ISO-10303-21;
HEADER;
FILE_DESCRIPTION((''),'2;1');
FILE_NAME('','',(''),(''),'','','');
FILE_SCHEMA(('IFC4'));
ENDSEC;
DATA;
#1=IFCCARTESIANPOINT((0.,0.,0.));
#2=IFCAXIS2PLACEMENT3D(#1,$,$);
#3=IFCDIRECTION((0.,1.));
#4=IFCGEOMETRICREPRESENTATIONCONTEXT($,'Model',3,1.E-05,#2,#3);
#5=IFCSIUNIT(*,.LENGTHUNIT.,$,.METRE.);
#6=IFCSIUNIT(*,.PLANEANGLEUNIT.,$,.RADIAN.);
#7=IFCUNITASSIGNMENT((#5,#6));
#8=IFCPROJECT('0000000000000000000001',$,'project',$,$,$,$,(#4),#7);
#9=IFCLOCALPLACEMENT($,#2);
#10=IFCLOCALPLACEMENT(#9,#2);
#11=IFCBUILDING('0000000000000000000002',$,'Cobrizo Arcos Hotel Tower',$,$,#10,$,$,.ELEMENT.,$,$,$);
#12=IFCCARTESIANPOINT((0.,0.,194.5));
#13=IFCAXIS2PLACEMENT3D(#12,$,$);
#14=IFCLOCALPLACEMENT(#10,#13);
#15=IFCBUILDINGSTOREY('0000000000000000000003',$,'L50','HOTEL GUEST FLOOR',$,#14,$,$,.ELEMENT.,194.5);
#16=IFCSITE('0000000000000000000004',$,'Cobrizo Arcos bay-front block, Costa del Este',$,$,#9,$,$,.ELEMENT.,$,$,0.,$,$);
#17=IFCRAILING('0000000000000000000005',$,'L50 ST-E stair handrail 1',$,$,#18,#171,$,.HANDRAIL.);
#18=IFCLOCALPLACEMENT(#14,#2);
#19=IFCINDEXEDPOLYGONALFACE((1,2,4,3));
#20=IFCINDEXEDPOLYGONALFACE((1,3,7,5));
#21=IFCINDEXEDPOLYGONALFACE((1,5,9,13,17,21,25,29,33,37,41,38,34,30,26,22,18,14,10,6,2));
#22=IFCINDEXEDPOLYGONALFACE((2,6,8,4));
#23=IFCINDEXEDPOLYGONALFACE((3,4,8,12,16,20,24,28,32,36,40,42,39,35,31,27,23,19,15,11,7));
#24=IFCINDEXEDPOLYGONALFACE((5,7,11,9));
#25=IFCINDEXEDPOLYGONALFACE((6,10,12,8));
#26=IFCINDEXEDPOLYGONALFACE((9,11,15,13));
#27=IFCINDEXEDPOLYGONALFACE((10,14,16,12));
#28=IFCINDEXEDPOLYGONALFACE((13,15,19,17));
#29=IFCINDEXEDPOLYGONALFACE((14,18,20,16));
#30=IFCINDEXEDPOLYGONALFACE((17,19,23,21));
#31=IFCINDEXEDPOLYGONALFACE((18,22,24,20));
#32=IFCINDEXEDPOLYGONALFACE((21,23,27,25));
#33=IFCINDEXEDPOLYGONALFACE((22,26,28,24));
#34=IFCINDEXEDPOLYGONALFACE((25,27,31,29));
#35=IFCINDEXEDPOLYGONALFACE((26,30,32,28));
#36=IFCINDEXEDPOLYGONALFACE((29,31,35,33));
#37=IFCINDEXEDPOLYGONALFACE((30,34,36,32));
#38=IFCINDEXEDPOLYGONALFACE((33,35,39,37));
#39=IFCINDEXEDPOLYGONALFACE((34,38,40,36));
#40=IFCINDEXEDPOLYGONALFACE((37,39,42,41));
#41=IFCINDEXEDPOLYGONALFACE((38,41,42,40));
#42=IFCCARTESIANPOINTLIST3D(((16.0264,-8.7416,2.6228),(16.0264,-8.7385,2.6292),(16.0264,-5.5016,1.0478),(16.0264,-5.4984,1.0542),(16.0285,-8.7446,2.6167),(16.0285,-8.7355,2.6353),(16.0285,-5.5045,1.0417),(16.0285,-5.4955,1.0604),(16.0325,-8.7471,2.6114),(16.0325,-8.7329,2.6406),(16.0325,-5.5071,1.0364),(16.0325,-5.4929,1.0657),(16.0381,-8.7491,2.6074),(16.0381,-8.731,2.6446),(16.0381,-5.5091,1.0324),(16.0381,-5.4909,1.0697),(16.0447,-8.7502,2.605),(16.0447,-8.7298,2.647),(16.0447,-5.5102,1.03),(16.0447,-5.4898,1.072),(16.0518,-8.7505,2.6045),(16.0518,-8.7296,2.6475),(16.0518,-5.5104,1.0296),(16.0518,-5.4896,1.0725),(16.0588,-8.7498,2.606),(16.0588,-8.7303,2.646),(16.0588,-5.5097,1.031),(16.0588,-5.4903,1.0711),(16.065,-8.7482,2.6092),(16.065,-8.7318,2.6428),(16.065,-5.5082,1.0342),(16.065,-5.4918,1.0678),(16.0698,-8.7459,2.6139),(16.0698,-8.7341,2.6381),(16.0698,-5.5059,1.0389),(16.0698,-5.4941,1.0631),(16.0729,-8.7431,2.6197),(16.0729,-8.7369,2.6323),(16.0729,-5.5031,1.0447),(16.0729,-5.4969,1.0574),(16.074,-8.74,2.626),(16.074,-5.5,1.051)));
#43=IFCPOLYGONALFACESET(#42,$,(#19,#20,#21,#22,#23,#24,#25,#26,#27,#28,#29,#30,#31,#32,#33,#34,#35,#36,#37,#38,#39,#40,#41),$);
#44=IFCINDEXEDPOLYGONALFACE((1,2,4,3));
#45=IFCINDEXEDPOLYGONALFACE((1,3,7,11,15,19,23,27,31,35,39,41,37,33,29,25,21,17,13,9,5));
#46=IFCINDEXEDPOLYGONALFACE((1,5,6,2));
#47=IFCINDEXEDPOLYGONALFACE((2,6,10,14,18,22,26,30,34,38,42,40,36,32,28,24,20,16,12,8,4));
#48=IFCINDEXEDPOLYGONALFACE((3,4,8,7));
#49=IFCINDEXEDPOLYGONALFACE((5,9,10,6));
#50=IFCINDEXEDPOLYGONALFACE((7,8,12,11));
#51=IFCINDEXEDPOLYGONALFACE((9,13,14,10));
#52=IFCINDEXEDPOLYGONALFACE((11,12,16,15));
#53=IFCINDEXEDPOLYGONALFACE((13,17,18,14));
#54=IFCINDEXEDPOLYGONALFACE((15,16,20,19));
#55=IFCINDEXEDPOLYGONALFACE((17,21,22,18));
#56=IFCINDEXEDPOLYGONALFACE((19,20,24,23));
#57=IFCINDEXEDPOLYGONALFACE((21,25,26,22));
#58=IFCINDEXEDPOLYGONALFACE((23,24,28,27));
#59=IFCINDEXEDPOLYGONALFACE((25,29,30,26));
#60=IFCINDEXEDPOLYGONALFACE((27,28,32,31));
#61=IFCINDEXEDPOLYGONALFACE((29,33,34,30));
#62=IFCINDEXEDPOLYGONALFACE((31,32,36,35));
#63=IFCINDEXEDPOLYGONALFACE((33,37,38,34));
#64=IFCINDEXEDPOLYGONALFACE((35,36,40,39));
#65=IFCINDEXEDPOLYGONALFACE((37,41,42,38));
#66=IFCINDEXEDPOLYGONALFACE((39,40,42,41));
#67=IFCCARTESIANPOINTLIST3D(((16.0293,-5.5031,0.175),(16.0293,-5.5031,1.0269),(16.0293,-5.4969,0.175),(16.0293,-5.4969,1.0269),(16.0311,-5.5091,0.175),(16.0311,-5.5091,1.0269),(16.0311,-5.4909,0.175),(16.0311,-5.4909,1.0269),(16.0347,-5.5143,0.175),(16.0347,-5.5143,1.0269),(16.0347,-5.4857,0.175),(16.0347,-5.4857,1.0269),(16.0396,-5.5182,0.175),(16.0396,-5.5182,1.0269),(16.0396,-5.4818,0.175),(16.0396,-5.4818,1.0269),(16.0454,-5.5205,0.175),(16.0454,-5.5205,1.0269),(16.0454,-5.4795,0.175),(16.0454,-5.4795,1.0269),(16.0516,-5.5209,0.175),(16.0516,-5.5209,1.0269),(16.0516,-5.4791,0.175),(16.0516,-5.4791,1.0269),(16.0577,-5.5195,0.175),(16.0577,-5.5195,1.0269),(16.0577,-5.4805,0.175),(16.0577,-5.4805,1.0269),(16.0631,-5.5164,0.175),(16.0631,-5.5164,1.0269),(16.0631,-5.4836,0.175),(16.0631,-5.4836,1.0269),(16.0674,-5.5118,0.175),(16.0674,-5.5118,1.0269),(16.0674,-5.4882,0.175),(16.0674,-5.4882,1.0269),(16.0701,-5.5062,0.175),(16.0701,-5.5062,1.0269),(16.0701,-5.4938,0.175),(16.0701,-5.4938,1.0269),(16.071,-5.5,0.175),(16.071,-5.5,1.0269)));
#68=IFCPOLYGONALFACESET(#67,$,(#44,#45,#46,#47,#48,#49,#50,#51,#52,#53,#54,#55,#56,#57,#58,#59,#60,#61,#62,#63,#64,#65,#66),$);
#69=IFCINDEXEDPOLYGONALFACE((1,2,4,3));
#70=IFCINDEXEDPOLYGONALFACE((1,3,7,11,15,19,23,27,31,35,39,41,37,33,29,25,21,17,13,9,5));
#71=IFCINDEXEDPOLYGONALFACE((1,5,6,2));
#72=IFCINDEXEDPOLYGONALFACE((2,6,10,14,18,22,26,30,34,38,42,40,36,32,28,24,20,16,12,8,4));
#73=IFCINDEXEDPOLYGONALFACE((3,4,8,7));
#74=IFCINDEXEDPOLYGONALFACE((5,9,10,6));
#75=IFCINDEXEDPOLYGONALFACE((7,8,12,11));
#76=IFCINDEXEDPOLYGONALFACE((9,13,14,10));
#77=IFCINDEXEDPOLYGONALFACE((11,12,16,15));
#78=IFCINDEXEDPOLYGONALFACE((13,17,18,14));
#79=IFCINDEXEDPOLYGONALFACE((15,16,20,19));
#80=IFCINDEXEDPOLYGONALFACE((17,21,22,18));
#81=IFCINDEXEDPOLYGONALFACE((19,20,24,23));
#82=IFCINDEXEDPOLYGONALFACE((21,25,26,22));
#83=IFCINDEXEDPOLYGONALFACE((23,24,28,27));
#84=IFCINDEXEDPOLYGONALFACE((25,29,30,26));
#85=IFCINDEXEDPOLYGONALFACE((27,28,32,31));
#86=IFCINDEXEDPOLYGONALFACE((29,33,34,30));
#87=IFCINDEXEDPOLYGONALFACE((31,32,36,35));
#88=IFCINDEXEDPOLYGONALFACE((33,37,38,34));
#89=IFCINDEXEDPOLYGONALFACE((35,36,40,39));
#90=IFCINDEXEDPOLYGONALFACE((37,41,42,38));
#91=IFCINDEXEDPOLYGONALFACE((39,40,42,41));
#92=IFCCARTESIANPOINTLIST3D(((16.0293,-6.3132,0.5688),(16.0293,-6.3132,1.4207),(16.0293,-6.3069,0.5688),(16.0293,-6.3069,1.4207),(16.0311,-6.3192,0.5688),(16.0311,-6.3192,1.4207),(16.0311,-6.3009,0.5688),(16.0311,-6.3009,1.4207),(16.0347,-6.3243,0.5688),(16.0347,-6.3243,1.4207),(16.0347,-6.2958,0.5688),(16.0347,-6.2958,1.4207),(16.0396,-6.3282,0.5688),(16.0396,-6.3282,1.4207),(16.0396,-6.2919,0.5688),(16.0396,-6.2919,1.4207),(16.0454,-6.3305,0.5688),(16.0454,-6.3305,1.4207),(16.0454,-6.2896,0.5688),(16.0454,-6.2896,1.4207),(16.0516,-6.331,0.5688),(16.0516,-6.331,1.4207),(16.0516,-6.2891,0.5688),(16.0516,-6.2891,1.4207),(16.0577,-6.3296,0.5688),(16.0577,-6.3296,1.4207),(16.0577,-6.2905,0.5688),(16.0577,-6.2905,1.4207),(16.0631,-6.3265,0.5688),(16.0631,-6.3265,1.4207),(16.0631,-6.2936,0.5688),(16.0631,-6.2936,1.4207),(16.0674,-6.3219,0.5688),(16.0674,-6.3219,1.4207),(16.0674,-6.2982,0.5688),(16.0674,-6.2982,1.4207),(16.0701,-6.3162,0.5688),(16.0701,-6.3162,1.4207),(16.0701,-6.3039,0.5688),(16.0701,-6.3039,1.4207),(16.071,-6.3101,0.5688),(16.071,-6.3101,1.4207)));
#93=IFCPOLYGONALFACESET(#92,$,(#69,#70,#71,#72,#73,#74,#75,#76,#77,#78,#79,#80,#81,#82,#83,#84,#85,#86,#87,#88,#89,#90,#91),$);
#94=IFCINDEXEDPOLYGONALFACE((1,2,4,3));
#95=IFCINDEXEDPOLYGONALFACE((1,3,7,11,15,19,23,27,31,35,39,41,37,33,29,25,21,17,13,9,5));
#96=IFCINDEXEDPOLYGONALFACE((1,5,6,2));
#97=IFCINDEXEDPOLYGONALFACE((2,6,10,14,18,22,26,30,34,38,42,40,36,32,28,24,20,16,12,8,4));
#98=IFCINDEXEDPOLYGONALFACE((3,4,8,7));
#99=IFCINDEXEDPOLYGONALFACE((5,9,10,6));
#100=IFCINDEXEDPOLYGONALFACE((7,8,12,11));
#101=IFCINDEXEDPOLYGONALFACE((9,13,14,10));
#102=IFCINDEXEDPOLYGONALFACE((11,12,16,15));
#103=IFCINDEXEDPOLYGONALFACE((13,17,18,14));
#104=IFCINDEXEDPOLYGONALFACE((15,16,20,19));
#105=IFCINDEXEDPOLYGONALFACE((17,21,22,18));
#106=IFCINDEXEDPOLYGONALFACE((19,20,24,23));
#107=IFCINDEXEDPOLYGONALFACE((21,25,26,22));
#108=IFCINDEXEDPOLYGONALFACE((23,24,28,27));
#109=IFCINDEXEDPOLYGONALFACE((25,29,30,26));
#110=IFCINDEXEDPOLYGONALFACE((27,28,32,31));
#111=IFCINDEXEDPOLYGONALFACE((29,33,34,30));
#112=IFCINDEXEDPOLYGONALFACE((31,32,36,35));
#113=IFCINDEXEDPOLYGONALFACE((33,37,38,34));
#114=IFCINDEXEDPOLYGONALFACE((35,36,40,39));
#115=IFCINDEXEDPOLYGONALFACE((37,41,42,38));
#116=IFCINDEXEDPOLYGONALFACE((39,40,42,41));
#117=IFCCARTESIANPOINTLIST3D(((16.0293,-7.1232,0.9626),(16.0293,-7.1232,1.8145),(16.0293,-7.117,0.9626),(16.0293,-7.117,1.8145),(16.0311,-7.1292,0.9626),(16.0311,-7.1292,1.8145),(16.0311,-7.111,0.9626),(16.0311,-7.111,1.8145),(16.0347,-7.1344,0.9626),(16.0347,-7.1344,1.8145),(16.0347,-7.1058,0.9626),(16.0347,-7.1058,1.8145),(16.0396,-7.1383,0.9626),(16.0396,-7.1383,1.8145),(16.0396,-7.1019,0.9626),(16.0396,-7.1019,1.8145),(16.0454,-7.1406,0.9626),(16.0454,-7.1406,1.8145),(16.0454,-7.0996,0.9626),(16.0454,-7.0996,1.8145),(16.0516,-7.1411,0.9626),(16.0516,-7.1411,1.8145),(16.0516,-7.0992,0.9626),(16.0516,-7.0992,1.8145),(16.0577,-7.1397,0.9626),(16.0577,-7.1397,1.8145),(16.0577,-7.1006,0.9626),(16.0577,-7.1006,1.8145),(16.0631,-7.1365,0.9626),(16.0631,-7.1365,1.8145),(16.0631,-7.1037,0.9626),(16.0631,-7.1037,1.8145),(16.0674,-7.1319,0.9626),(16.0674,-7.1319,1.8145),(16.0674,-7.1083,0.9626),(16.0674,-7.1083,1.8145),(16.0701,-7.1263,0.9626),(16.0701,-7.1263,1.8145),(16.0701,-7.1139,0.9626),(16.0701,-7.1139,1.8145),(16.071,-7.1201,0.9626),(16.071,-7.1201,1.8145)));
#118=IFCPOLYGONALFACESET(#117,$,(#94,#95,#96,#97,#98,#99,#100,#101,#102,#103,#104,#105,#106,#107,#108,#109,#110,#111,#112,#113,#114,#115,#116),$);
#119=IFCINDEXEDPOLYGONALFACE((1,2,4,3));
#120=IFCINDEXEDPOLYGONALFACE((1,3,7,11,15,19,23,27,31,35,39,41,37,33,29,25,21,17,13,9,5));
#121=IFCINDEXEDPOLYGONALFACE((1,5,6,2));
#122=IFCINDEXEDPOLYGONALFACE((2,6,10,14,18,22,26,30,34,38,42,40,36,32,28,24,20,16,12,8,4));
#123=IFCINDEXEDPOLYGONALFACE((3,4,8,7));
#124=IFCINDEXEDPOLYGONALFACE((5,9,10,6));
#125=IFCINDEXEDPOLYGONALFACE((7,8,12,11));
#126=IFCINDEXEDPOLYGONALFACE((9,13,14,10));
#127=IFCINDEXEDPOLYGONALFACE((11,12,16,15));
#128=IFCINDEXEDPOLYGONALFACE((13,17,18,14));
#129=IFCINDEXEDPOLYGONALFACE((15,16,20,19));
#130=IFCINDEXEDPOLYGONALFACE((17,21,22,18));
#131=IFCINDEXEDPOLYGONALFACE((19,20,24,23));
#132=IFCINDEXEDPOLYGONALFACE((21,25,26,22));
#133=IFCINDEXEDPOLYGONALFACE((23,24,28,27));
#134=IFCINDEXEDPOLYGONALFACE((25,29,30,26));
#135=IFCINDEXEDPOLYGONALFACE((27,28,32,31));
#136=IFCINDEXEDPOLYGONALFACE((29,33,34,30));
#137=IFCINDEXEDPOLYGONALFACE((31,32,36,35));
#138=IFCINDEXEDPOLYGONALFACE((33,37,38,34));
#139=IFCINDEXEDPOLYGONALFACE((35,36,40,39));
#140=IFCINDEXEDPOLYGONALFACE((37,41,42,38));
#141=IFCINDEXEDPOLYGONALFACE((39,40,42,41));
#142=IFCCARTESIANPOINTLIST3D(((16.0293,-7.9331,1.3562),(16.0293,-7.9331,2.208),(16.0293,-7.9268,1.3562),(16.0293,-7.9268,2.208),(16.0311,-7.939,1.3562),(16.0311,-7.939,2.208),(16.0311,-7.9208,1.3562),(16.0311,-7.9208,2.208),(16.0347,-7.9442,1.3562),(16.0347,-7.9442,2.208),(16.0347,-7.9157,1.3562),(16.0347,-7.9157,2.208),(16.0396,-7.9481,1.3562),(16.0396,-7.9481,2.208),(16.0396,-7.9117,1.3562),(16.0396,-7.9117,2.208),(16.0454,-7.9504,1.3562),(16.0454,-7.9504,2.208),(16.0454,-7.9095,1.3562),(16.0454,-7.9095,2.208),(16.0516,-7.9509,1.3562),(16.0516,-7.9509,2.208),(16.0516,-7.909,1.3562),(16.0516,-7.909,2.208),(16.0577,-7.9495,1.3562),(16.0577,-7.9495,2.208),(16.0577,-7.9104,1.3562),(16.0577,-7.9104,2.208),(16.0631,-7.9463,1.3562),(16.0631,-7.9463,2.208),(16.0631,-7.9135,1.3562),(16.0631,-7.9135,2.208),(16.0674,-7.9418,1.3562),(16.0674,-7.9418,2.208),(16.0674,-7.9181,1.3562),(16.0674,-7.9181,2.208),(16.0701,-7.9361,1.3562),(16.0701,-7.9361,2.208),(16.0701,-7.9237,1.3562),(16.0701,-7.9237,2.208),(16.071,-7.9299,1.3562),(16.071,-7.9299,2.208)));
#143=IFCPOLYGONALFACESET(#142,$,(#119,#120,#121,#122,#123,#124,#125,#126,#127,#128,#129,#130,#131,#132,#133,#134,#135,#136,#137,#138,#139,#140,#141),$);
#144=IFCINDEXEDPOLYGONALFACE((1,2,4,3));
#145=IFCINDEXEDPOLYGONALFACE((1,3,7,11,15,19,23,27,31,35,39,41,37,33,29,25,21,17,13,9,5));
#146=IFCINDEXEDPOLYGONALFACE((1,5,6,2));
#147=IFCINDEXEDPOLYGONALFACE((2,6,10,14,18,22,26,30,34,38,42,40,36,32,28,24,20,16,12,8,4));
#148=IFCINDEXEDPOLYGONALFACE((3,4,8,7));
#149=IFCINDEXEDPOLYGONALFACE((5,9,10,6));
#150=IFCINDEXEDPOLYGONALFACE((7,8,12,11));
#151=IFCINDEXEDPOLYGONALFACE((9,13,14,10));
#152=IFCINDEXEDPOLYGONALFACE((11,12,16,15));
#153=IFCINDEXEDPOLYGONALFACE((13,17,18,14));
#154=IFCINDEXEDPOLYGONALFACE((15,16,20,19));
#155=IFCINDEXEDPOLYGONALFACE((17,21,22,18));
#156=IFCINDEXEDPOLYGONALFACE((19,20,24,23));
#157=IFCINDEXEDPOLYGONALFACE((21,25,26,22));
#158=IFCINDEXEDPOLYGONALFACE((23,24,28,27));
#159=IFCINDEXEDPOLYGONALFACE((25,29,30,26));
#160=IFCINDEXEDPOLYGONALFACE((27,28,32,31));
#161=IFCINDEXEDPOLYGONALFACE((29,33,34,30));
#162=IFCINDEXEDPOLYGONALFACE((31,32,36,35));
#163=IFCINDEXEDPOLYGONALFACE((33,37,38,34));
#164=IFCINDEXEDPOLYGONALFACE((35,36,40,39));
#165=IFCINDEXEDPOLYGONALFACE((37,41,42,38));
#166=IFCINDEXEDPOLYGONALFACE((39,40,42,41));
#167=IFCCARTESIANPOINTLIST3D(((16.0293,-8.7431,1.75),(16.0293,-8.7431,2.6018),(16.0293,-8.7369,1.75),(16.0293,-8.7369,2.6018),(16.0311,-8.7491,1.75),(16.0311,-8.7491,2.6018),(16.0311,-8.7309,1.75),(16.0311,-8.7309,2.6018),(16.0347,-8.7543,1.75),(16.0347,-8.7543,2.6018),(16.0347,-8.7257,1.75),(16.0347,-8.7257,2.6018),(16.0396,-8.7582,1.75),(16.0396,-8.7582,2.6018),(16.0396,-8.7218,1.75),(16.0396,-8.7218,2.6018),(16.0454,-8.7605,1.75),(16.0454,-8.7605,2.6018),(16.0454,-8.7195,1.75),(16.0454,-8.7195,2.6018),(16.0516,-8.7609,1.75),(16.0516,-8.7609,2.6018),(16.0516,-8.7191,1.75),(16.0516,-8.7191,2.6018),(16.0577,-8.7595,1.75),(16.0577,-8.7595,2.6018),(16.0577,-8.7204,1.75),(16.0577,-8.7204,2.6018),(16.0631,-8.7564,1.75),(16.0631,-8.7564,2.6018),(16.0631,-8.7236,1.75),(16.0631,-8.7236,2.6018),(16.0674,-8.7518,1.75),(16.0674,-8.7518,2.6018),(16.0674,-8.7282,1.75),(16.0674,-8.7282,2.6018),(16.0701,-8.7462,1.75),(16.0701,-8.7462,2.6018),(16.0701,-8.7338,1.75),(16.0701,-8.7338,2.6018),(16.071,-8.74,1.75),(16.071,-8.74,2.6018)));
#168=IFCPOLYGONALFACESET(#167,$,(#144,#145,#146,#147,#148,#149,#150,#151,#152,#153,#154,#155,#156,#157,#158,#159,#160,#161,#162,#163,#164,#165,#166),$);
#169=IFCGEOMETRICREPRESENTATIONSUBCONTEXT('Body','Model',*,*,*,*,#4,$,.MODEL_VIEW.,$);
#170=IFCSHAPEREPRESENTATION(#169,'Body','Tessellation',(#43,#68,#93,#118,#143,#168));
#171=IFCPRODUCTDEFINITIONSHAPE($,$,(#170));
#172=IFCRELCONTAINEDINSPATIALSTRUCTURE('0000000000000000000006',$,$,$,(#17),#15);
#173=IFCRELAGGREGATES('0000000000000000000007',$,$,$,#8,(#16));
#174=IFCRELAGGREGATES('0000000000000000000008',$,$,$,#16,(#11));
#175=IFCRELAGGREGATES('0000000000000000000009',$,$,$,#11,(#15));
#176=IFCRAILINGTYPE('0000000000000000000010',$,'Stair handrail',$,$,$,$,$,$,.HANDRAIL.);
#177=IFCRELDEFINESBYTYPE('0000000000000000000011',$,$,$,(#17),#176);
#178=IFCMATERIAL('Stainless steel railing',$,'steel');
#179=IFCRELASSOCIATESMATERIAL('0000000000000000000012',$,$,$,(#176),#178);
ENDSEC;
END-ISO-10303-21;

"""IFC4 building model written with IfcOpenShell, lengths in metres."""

from ifc_helpers import new_model, si_unit, direction, frame, origin, origin_2d, place, context, subcontext, project, spatial, circle, extrude, material, type_object, element, save


model = new_model("IFC4")

# Units and contexts
model_context = context("Model", 3, precision=1e-05, world=origin(), true_north=direction((0.0, 1.0)))
body_context = subcontext(model_context, "Body", "Model", "MODEL_VIEW")
ifc_project = project(units=[si_unit("LENGTHUNIT", "METRE"), si_unit("PLANEANGLEUNIT", "RADIAN")], contexts=[model_context])

# Site, building, storey
site_placement = place(None, origin())
site = spatial("IfcSite", under=ifc_project, at=site_placement, Name="Cobrizo Arcos bay-front block, Costa del Este", CompositionType="ELEMENT", RefElevation=0.0)
building_placement = place(site_placement, origin())
building = spatial("IfcBuilding", under=site, at=building_placement, Name="Cobrizo Arcos Hotel Tower", CompositionType="ELEMENT")
storey_placement = place(building_placement, frame((0.0, 0.0, 194.5)))
storey = spatial("IfcBuildingStorey", under=building, at=storey_placement, Name="L50", Description="HOTEL GUEST FLOOR", CompositionType="ELEMENT", Elevation=194.5)

# Railing
ifc_material_1 = material(Name="Stainless steel railing", Category="steel")
railing_type_1 = type_object("IfcRailingType", Name="Stair handrail", PredefinedType="HANDRAIL", material=ifc_material_1)
railing_1_placement = place(storey_placement, frame((16.05, -5.5, 0.175)))
element("IfcRailing", 1, at=railing_1_placement, inside=storey, type_object=railing_type_1, Name="L50 ST-E stair handrail 1", PredefinedType="HANDRAIL", context=body_context, shape_type="SweptSolid", body=[
    extrude(circle(Radius=0.0239, at=origin_2d()), frame((0.0, 0.0, 0.876), z_axis=(0.0, -0.899373, 0.437183), x_axis=(1.0, 0.0, 0.0)), (0.0, 0.0, 1.0), 3.6025),
    extrude(circle(Radius=0.021, at=origin_2d()), origin(), (0.0, 0.0, 1.0), 0.8518),
    extrude(circle(Radius=0.021, at=origin_2d()), frame((0.0, -0.8101, 0.3938)), (0.0, 0.0, 1.0), 0.8518),
    extrude(circle(Radius=0.021, at=origin_2d()), frame((0.0, -1.6201, 0.7876)), (0.0, 0.0, 1.0), 0.8518),
    extrude(circle(Radius=0.021, at=origin_2d()), frame((0.0, -2.4299, 1.1812)), (0.0, 0.0, 1.0), 0.8518),
    extrude(circle(Radius=0.021, at=origin_2d()), frame((0.0, -3.24, 1.575)), (0.0, 0.0, 1.0), 0.8518),
])

save(model, "model.ifc")
